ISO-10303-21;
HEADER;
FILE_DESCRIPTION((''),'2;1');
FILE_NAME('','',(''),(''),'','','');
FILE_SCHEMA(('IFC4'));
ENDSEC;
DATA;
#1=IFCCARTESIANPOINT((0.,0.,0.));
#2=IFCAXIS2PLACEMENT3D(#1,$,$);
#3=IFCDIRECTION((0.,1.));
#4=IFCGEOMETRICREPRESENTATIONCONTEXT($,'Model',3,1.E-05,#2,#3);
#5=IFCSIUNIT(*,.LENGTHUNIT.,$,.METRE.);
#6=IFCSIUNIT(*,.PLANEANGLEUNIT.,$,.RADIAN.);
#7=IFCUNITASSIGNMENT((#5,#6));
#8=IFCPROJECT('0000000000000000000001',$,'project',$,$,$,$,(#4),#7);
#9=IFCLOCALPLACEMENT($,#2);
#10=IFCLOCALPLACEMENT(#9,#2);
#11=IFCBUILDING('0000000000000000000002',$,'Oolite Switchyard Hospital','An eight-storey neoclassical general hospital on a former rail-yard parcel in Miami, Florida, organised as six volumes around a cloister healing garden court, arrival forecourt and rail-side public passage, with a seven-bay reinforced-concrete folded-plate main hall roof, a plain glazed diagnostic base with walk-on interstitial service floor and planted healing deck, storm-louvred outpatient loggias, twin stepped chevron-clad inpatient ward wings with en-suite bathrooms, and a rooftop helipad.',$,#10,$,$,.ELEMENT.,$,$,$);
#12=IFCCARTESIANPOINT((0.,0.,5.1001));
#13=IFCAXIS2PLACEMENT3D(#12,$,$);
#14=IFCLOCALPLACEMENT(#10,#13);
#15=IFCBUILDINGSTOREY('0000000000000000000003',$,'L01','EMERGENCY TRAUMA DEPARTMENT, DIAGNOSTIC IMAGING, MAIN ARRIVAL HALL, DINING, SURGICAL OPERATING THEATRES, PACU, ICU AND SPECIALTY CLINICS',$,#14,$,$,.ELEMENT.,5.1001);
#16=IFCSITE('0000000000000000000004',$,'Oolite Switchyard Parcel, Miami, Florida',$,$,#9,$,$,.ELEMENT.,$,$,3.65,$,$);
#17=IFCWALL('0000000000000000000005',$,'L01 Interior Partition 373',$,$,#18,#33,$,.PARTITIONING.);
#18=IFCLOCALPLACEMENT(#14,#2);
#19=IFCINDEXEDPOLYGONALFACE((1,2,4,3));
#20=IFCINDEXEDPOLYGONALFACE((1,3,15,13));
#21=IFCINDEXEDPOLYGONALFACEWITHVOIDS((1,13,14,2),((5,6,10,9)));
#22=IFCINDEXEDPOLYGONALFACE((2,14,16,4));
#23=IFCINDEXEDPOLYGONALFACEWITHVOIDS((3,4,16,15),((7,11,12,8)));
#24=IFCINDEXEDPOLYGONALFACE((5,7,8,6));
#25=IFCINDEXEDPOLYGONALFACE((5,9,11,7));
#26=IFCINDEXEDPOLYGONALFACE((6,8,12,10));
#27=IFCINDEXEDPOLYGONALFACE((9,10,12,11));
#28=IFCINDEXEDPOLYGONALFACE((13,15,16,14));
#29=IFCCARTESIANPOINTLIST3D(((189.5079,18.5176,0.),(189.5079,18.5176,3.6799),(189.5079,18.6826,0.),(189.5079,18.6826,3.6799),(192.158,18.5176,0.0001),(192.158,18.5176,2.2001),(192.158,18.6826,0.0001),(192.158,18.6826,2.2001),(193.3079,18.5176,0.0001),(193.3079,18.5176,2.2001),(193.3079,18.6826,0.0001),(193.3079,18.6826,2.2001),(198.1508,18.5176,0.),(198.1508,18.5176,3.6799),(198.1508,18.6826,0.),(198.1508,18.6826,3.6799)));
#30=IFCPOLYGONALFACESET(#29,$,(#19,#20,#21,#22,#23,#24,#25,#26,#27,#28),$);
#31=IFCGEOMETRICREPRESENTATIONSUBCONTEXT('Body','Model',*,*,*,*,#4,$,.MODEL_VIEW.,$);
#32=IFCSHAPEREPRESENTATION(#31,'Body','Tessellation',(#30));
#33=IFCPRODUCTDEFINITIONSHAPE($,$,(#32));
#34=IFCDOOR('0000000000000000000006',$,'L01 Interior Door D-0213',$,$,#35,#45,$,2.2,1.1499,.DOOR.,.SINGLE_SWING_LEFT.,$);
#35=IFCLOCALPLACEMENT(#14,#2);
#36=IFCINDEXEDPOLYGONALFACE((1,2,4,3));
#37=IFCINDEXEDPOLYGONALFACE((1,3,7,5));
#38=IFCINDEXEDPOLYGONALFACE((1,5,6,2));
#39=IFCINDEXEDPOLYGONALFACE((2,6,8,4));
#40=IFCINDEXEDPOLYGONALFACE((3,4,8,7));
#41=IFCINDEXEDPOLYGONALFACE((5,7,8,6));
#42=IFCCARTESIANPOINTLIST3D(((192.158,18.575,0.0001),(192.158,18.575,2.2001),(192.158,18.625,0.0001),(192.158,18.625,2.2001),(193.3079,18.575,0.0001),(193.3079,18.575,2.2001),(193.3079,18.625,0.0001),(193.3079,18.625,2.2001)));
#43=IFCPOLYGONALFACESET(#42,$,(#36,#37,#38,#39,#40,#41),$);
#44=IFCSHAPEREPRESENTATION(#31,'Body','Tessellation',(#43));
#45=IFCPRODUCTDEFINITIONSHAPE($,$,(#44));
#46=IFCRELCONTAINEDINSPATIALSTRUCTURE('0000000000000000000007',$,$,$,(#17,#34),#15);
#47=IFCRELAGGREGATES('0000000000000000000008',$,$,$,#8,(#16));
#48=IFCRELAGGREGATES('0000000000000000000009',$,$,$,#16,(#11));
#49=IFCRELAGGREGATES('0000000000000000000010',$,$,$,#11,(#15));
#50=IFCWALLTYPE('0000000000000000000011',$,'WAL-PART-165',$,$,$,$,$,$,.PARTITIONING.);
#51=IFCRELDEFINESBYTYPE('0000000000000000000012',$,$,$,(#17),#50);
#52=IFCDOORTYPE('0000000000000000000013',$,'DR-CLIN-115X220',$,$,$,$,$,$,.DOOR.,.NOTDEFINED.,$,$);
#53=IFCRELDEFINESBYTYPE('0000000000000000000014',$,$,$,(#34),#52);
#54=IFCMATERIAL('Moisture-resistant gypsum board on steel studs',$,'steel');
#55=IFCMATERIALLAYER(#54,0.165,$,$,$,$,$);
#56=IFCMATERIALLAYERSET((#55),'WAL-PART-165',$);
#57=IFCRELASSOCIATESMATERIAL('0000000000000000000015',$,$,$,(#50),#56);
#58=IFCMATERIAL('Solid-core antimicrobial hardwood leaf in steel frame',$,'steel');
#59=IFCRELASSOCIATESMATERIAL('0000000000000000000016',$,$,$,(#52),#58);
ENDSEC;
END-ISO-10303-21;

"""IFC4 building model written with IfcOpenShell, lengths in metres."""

from ifc_helpers import new_model, si_unit, direction, frame, frame_2d, origin, place, context, subcontext, project, spatial, rectangle, extrude, material, layer, layer_set, type_object, element, fill, save


model = new_model("IFC4")

# Units and contexts
model_context = context("Model", 3, precision=1e-05, world=origin(), true_north=direction((0.0, 1.0)))
body_context = subcontext(model_context, "Body", "Model", "MODEL_VIEW")
ifc_project = project(units=[si_unit("LENGTHUNIT", "METRE"), si_unit("PLANEANGLEUNIT", "RADIAN")], contexts=[model_context])

# Site, building, storey
site_placement = place(None, origin())
site = spatial("IfcSite", under=ifc_project, at=site_placement, Name="Oolite Switchyard Parcel, Miami, Florida", CompositionType="ELEMENT", RefElevation=3.65)
building_placement = place(site_placement, origin())
building = spatial("IfcBuilding", under=site, at=building_placement, Name="Oolite Switchyard Hospital", Description="An eight-storey neoclassical general hospital on a former rail-yard parcel in Miami, Florida, organised as six volumes around a cloister healing garden court, arrival forecourt and rail-side public passage, with a seven-bay reinforced-concrete folded-plate main hall roof, a plain glazed diagnostic base with walk-on interstitial service floor and planted healing deck, storm-louvred outpatient loggias, twin stepped chevron-clad inpatient ward wings with en-suite bathrooms, and a rooftop helipad.", CompositionType="ELEMENT")
storey_placement = place(building_placement, frame((0.0, 0.0, 5.1001)))
storey = spatial("IfcBuildingStorey", under=building, at=storey_placement, Name="L01", Description="EMERGENCY TRAUMA DEPARTMENT, DIAGNOSTIC IMAGING, MAIN ARRIVAL HALL, DINING, SURGICAL OPERATING THEATRES, PACU, ICU AND SPECIALTY CLINICS", CompositionType="ELEMENT", Elevation=5.1001)

# Shared definitions
ifc_material_1 = material(Name="Moisture-resistant gypsum board on steel studs", Category="steel")

# Wall, opening, door
ifc_layer_1 = layer(ifc_material_1, 0.165)
ifc_layer_set_1 = layer_set([ifc_layer_1], Name="WAL-PART-165")
wall_type_1 = type_object("IfcWallType", Name="WAL-PART-165", PredefinedType="PARTITIONING", material=ifc_layer_set_1)
wall_1_placement = place(storey_placement, frame((189.5081, 18.6001, 0.0), z_axis=(0.0, 0.0, 1.0), x_axis=(1.0, 0.0, 0.0)))
wall_1 = element("IfcWall", 1, at=wall_1_placement, inside=storey, type_object=wall_type_1, Name="L01 Interior Partition 373", PredefinedType="PARTITIONING", context=body_context, shape_type="SweptSolid", body=[
    extrude(rectangle(XDim=8.6428, YDim=0.165, at=frame_2d((4.3213, 0.0))), origin(), (0.0, 0.0, 1.0), 3.6799),
])
opening_placement = place(wall_1_placement, frame((2.6499, 0.0, 0.0)))
opening = element("IfcOpeningElement", 2, at=opening_placement, cuts=wall_1, PredefinedType="OPENING", context=body_context, shape_type="SweptSolid", body=[
    extrude(rectangle(XDim=1.1499, YDim=2.2, at=frame_2d((0.575, 1.1001))), frame((0.0, 0.0925, 0.0), z_axis=(0.0, -1.0, 0.0), x_axis=(1.0, 0.0, 0.0)), (0.0, 0.0, 1.0), 0.1851),
])
ifc_material_2 = material(Name="Solid-core antimicrobial hardwood leaf in steel frame", Category="steel")
door_type = type_object("IfcDoorType", Name="DR-CLIN-115X220", OperationType="NOTDEFINED", PredefinedType="DOOR", material=ifc_material_2)
door_placement = place(opening_placement, origin())
door = element("IfcDoor", 3, at=door_placement, inside=storey, type_object=door_type, Name="L01 Interior Door D-0213", OperationType="SINGLE_SWING_LEFT", OverallHeight=2.2, OverallWidth=1.1499, PredefinedType="DOOR", context=body_context, shape_type="SweptSolid", body=[
    extrude(rectangle(XDim=1.1499, YDim=2.2, at=frame_2d((0.575, 1.1001))), frame((0.0, 0.0249, 0.0), z_axis=(0.0, -1.0, 0.0), x_axis=(1.0, 0.0, 0.0)), (0.0, 0.0, 1.0), 0.05),
])
fill(opening, door)

save(model, "model.ifc")
